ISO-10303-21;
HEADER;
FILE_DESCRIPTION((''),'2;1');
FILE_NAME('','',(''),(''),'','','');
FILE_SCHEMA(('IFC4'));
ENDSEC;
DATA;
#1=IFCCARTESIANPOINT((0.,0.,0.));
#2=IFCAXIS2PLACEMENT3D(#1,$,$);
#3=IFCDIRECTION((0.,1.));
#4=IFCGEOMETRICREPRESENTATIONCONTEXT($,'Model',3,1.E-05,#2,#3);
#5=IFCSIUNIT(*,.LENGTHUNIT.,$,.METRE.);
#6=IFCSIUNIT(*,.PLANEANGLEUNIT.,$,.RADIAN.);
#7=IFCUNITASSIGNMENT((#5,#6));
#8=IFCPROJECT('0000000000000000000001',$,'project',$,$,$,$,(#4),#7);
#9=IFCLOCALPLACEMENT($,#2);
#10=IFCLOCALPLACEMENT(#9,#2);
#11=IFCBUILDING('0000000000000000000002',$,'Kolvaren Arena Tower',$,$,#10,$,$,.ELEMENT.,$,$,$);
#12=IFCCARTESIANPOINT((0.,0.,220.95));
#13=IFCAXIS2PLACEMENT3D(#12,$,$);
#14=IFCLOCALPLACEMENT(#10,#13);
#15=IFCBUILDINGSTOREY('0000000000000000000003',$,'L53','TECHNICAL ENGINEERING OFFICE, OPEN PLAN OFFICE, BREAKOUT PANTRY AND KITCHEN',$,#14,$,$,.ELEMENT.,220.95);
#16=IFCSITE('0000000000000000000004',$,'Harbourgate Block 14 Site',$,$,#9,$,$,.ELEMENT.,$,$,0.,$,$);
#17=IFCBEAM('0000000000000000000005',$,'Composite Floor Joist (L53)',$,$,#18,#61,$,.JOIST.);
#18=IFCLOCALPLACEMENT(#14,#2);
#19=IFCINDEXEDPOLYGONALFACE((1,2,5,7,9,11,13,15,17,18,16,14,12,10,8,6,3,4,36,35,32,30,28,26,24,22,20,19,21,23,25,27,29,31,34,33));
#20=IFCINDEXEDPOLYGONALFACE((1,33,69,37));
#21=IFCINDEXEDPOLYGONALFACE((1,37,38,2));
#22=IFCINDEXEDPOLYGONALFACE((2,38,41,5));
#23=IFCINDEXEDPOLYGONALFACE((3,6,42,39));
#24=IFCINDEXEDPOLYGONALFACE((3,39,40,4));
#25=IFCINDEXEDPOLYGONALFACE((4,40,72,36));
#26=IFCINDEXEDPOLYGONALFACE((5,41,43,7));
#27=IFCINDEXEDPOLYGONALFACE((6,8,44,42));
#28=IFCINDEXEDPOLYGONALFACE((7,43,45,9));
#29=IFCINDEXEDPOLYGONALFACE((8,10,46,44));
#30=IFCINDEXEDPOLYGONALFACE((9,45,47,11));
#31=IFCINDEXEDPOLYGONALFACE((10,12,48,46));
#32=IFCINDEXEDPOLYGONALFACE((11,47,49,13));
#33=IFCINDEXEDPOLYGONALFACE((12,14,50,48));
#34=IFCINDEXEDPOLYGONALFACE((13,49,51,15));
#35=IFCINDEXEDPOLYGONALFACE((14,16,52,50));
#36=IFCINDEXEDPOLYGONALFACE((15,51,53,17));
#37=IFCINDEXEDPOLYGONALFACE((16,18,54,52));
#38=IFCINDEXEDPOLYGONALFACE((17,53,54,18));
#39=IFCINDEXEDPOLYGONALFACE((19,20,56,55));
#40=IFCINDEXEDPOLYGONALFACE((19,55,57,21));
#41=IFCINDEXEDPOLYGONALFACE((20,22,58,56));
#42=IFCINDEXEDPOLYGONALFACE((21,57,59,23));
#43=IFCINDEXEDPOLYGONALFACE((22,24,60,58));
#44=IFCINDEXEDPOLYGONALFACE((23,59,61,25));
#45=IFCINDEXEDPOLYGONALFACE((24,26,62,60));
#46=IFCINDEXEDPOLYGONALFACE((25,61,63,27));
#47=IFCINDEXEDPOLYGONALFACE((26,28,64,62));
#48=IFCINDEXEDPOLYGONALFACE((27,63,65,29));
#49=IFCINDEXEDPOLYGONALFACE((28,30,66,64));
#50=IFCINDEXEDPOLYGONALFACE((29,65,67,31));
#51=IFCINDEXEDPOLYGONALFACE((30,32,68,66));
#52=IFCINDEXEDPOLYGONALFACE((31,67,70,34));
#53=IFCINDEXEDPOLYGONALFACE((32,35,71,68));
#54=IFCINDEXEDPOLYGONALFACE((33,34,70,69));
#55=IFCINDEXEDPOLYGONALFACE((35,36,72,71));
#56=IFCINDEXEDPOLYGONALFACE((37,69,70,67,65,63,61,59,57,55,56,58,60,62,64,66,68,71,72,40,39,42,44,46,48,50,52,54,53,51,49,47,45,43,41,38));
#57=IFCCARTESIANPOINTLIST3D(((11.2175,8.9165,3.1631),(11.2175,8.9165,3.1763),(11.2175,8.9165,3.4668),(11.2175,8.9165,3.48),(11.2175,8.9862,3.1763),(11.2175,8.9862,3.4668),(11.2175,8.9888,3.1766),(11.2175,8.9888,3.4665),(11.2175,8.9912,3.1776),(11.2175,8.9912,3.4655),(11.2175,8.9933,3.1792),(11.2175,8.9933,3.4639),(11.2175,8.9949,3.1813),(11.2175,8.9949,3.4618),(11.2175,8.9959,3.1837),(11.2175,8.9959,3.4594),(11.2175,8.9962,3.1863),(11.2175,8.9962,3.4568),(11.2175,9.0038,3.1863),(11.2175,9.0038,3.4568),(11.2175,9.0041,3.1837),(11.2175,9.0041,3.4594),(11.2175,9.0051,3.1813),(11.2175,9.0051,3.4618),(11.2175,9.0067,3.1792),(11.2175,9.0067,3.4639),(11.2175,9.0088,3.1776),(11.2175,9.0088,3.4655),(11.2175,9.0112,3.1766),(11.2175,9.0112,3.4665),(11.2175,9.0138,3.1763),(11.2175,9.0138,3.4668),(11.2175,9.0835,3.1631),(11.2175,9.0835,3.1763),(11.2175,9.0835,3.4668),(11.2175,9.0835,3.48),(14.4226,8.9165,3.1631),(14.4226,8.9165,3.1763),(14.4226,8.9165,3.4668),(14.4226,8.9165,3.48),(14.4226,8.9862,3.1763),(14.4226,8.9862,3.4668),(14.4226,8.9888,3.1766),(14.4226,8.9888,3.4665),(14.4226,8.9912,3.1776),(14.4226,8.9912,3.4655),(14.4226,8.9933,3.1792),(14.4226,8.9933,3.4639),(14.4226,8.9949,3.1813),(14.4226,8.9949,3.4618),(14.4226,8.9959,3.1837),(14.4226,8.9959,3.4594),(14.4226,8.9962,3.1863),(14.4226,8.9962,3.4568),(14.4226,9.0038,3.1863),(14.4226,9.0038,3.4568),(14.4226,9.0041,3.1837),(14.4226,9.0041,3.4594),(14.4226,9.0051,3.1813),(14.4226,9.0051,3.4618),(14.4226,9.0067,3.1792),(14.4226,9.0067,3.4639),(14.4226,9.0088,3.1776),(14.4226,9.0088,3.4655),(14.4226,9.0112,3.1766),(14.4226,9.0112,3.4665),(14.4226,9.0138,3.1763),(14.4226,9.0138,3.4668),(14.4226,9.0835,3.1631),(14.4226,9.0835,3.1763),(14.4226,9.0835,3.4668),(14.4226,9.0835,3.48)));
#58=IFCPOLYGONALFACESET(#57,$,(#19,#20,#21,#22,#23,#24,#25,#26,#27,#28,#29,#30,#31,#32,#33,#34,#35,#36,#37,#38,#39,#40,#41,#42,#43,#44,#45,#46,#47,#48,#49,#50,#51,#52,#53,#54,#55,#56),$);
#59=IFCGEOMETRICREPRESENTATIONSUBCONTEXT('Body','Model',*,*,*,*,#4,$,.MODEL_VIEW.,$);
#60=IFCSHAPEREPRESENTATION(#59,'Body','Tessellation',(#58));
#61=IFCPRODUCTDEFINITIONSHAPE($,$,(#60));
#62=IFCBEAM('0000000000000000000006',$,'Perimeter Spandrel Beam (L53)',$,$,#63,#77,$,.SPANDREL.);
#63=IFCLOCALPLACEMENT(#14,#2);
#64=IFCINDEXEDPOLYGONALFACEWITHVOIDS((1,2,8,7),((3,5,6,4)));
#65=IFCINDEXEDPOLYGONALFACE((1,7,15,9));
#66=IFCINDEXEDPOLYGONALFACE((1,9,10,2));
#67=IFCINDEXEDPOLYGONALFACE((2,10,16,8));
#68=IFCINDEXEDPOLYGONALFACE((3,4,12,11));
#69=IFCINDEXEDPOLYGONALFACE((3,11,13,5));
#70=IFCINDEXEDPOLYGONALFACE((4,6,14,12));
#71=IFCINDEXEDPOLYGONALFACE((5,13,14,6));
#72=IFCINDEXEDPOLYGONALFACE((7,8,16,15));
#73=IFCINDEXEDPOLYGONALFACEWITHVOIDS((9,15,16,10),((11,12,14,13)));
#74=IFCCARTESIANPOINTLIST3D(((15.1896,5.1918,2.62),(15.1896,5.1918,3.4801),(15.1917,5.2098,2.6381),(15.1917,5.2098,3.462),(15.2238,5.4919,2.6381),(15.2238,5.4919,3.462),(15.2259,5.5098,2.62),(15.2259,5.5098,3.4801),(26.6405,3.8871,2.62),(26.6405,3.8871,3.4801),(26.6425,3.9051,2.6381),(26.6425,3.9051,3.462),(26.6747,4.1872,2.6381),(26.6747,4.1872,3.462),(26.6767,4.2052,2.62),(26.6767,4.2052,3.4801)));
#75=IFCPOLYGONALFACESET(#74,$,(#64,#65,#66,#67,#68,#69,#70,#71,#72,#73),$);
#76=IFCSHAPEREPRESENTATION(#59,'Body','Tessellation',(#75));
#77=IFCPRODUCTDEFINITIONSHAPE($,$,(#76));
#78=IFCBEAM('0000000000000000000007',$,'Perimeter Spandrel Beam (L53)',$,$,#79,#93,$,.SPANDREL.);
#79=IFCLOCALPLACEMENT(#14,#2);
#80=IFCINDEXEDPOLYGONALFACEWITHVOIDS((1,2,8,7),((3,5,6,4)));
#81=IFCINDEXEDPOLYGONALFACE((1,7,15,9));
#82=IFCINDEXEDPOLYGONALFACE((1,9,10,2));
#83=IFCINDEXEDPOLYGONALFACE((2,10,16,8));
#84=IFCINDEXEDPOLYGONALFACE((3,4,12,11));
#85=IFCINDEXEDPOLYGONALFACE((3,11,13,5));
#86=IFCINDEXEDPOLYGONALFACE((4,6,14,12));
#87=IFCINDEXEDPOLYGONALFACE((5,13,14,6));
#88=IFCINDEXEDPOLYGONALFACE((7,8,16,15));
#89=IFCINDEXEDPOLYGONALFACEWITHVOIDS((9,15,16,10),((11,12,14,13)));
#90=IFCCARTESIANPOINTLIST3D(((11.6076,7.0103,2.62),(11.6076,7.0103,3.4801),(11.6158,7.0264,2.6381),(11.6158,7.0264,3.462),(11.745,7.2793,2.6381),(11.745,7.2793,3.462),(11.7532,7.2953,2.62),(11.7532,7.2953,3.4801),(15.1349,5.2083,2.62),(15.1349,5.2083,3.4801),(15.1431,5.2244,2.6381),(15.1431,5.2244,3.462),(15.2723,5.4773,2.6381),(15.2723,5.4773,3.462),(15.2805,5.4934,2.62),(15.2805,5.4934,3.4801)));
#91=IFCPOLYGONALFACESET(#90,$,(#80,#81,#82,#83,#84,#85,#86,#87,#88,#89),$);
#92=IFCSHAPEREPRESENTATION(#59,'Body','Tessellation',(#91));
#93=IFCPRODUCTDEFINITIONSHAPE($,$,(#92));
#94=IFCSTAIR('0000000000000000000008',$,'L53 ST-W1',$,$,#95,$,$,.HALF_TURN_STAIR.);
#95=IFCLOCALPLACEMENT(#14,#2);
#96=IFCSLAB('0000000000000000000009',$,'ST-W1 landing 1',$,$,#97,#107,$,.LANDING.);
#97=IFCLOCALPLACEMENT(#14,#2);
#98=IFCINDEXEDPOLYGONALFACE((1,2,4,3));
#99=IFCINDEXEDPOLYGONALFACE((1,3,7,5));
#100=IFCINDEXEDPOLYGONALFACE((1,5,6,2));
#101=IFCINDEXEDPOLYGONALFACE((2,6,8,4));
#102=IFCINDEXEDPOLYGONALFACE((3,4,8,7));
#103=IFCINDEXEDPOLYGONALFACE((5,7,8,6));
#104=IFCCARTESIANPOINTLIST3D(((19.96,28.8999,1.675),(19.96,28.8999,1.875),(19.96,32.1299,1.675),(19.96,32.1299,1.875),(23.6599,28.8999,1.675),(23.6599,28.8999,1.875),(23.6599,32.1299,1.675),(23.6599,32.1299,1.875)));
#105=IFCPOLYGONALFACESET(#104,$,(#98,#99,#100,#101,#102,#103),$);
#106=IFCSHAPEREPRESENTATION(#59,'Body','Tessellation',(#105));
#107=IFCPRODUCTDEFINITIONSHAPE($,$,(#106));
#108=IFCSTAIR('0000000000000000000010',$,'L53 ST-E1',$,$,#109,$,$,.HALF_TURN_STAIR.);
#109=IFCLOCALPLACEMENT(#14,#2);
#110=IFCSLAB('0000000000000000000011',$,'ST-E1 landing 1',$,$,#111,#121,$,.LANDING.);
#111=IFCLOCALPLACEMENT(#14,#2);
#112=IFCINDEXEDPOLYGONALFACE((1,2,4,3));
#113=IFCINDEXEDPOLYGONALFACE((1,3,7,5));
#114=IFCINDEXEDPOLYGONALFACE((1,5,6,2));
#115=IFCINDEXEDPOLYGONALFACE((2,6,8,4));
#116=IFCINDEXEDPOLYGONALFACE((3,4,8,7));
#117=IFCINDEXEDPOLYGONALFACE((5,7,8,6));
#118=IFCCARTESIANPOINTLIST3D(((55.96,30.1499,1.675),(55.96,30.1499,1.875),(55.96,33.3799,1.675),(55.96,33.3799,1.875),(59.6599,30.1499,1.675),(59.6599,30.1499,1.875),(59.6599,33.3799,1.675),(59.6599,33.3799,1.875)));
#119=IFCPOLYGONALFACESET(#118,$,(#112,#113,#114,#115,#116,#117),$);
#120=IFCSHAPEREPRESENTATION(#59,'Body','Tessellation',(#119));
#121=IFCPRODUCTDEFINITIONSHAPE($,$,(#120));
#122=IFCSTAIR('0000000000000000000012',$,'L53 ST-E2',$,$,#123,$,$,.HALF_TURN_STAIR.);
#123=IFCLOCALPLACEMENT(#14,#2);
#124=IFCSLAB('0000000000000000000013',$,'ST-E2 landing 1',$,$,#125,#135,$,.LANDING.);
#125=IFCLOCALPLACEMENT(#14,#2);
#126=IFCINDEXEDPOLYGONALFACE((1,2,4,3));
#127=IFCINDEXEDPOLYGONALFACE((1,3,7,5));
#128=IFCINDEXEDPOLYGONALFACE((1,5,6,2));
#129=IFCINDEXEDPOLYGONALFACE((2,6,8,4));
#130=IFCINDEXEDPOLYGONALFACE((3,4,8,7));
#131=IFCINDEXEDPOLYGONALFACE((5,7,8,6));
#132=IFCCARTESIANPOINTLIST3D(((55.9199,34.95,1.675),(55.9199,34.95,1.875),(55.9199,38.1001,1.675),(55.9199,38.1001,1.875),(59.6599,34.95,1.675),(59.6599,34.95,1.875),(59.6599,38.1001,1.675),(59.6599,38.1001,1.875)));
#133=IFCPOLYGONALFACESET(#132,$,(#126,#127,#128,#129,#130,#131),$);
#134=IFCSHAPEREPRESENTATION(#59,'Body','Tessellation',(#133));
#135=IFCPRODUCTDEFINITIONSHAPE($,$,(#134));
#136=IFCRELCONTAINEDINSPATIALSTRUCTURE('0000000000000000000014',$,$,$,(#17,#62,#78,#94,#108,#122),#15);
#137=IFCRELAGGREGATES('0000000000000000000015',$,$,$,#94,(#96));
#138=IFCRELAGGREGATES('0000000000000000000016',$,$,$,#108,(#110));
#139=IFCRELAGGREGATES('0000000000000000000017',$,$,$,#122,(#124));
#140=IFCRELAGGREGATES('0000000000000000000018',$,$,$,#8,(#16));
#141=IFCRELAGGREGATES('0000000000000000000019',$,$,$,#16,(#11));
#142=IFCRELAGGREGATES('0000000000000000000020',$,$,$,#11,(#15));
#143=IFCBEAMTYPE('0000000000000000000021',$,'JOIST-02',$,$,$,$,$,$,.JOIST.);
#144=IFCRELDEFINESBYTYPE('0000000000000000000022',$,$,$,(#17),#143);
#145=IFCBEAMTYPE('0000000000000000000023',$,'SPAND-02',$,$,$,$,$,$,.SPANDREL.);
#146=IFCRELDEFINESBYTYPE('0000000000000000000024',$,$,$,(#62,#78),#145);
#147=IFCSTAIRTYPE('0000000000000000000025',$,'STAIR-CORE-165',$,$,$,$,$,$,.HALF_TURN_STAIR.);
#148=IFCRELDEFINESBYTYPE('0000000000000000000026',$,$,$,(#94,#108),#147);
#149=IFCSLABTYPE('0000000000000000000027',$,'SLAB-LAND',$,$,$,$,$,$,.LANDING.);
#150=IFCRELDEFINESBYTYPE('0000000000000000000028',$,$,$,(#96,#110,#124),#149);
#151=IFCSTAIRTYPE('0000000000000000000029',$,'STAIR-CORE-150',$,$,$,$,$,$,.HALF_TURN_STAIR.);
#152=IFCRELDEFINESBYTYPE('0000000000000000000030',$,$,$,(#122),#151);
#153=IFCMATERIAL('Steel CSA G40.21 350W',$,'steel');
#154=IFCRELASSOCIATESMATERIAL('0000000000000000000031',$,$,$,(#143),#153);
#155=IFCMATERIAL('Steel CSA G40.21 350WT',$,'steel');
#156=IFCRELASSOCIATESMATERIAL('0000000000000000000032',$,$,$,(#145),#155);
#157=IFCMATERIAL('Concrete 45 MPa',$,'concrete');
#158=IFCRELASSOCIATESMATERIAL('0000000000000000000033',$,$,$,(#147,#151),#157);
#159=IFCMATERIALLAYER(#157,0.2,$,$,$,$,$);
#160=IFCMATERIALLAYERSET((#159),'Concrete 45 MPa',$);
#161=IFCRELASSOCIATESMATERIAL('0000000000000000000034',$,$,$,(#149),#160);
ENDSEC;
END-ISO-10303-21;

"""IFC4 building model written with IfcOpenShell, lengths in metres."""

from ifc_helpers import new_model, si_unit, direction, frame, origin, origin_2d, place, context, subcontext, project, spatial, polyline, hollow_rectangle, i_section, outline, extrude, material, layer, layer_set, material_profile, profile_set, type_object, element, aggregate, save


model = new_model("IFC4")

# Units and contexts
model_context = context("Model", 3, precision=1e-05, world=origin(), true_north=direction((0.0, 1.0)))
body_context = subcontext(model_context, "Body", "Model", "MODEL_VIEW")
ifc_project = project(units=[si_unit("LENGTHUNIT", "METRE"), si_unit("PLANEANGLEUNIT", "RADIAN")], contexts=[model_context])

# Site, building, storey
site_placement = place(None, origin())
site = spatial("IfcSite", under=ifc_project, at=site_placement, Name="Harbourgate Block 14 Site", CompositionType="ELEMENT", RefElevation=0.0)
building_placement = place(site_placement, origin())
building = spatial("IfcBuilding", under=site, at=building_placement, Name="Kolvaren Arena Tower", CompositionType="ELEMENT")
storey_placement = place(building_placement, frame((0.0, 0.0, 220.95)))
storey = spatial("IfcBuildingStorey", under=building, at=storey_placement, Name="L53", Description="TECHNICAL ENGINEERING OFFICE, OPEN PLAN OFFICE, BREAKOUT PANTRY AND KITCHEN", CompositionType="ELEMENT", Elevation=220.95)

# Beams
ifc_material_1 = material(Name="Steel CSA G40.21 350W", Category="steel")
ifc_material_profile_1 = material_profile(ifc_material_1, i_section(OverallWidth=0.167, OverallDepth=0.3169, WebThickness=0.0076, FlangeThickness=0.0132, FilletRadius=0.01, at=origin_2d()), Name="W310x52")
ifc_profile_set_1 = profile_set([ifc_material_profile_1], Name="Steel CSA G40.21 350W")
beam_type_1 = type_object("IfcBeamType", Name="JOIST-02", PredefinedType="JOIST", material=ifc_profile_set_1)
beam_1_placement = place(storey_placement, frame((11.2175, 9.0, 3.3215), z_axis=(1.0, 0.0, 0.0), x_axis=(0.0, 1.0, 0.0)))
element("IfcBeam", 1, at=beam_1_placement, inside=storey, type_object=beam_type_1, Name="Composite Floor Joist (L53)", PredefinedType="JOIST", context=body_context, shape_type="SweptSolid", body=[
    extrude(i_section(OverallWidth=0.167, OverallDepth=0.3169, WebThickness=0.0076, FlangeThickness=0.0132, FilletRadius=0.01, at=origin_2d()), origin(), (0.0, 0.0, 1.0), 3.2051),
])
ifc_material_2 = material(Name="Steel CSA G40.21 350WT", Category="steel")
ifc_material_profile_2 = material_profile(ifc_material_2, hollow_rectangle(XDim=0.3201, YDim=0.8601, WallThickness=0.0181, at=origin_2d()), Name="HSS 860x320x18")
ifc_profile_set_2 = profile_set([ifc_material_profile_2], Name="Steel CSA G40.21 350WT")
beam_type_2 = type_object("IfcBeamType", Name="SPAND-02", PredefinedType="SPANDREL", material=ifc_profile_set_2)
beam_2_placement = place(storey_placement, frame((15.2078, 5.3508, 3.05), z_axis=(0.993572, -0.113205, 0.0), x_axis=(0.113205, 0.993572, 0.0)))
element("IfcBeam", 2, at=beam_2_placement, inside=storey, type_object=beam_type_2, Name="Perimeter Spandrel Beam (L53)", PredefinedType="SPANDREL", context=body_context, shape_type="SweptSolid", body=[
    extrude(hollow_rectangle(XDim=0.3201, YDim=0.8601, WallThickness=0.0181, at=origin_2d()), origin(), (0.0, 0.0, 1.0), 11.5249),
])
beam_3_placement = place(storey_placement, frame((11.6804, 7.1528, 3.05), z_axis=(0.890523, -0.454938, 0.0), x_axis=(0.454938, 0.890523, 0.0)))
element("IfcBeam", 3, at=beam_3_placement, inside=storey, type_object=beam_type_2, Name="Perimeter Spandrel Beam (L53)", PredefinedType="SPANDREL", context=body_context, shape_type="SweptSolid", body=[
    extrude(hollow_rectangle(XDim=0.3201, YDim=0.8601, WallThickness=0.0181, at=origin_2d()), origin(), (0.0, 0.0, 1.0), 3.9609),
])

# Stairs, slabs
ifc_material_3 = material(Name="Concrete 45 MPa", Category="concrete")
stair_type_1 = type_object("IfcStairType", Name="STAIR-CORE-165", PredefinedType="HALF_TURN_STAIR", material=ifc_material_3)
stair_1_placement = place(storey_placement, origin())
stair_1 = element("IfcStair", 4, at=stair_1_placement, inside=storey, type_object=stair_type_1, Name="L53 ST-W1", PredefinedType="HALF_TURN_STAIR")
ifc_layer_1 = layer(ifc_material_3, 0.2)
ifc_layer_set_1 = layer_set([ifc_layer_1], Name="Concrete 45 MPa")
slab_type_1 = type_object("IfcSlabType", Name="SLAB-LAND", PredefinedType="LANDING", material=ifc_layer_set_1)
slab_1_placement = place(storey_placement, frame((0.0, 0.0, 1.675)))
slab_1 = element("IfcSlab", 5, at=slab_1_placement, type_object=slab_type_1, Name="ST-W1 landing 1", PredefinedType="LANDING", context=body_context, shape_type="SweptSolid", body=[
    extrude(outline(polyline([(19.96, 28.8999), (23.6599, 28.8999), (23.6599, 32.1299), (19.96, 32.1299), (19.96, 28.8999)])), origin(), (0.0, 0.0, 1.0), 0.2),
])
aggregate(stair_1, [slab_1])
stair_2_placement = place(storey_placement, origin())
stair_2 = element("IfcStair", 6, at=stair_2_placement, inside=storey, type_object=stair_type_1, Name="L53 ST-E1", PredefinedType="HALF_TURN_STAIR")
slab_2_placement = place(storey_placement, frame((0.0, 0.0, 1.675)))
slab_2 = element("IfcSlab", 7, at=slab_2_placement, type_object=slab_type_1, Name="ST-E1 landing 1", PredefinedType="LANDING", context=body_context, shape_type="SweptSolid", body=[
    extrude(outline(polyline([(55.96, 30.1499), (59.6599, 30.1499), (59.6599, 33.3799), (55.96, 33.3799), (55.96, 30.1499)])), origin(), (0.0, 0.0, 1.0), 0.2),
])
aggregate(stair_2, [slab_2])
stair_type_2 = type_object("IfcStairType", Name="STAIR-CORE-150", PredefinedType="HALF_TURN_STAIR", material=ifc_material_3)
stair_3_placement = place(storey_placement, origin())
stair_3 = element("IfcStair", 8, at=stair_3_placement, inside=storey, type_object=stair_type_2, Name="L53 ST-E2", PredefinedType="HALF_TURN_STAIR")
slab_3_placement = place(storey_placement, frame((0.0, 0.0, 1.675)))
slab_3 = element("IfcSlab", 9, at=slab_3_placement, type_object=slab_type_1, Name="ST-E2 landing 1", PredefinedType="LANDING", context=body_context, shape_type="SweptSolid", body=[
    extrude(outline(polyline([(55.9199, 34.95), (59.6599, 34.95), (59.6599, 38.1001), (55.9199, 38.1001), (55.9199, 34.95)])), origin(), (0.0, 0.0, 1.0), 0.2),
])
aggregate(stair_3, [slab_3])

save(model, "model.ifc")
